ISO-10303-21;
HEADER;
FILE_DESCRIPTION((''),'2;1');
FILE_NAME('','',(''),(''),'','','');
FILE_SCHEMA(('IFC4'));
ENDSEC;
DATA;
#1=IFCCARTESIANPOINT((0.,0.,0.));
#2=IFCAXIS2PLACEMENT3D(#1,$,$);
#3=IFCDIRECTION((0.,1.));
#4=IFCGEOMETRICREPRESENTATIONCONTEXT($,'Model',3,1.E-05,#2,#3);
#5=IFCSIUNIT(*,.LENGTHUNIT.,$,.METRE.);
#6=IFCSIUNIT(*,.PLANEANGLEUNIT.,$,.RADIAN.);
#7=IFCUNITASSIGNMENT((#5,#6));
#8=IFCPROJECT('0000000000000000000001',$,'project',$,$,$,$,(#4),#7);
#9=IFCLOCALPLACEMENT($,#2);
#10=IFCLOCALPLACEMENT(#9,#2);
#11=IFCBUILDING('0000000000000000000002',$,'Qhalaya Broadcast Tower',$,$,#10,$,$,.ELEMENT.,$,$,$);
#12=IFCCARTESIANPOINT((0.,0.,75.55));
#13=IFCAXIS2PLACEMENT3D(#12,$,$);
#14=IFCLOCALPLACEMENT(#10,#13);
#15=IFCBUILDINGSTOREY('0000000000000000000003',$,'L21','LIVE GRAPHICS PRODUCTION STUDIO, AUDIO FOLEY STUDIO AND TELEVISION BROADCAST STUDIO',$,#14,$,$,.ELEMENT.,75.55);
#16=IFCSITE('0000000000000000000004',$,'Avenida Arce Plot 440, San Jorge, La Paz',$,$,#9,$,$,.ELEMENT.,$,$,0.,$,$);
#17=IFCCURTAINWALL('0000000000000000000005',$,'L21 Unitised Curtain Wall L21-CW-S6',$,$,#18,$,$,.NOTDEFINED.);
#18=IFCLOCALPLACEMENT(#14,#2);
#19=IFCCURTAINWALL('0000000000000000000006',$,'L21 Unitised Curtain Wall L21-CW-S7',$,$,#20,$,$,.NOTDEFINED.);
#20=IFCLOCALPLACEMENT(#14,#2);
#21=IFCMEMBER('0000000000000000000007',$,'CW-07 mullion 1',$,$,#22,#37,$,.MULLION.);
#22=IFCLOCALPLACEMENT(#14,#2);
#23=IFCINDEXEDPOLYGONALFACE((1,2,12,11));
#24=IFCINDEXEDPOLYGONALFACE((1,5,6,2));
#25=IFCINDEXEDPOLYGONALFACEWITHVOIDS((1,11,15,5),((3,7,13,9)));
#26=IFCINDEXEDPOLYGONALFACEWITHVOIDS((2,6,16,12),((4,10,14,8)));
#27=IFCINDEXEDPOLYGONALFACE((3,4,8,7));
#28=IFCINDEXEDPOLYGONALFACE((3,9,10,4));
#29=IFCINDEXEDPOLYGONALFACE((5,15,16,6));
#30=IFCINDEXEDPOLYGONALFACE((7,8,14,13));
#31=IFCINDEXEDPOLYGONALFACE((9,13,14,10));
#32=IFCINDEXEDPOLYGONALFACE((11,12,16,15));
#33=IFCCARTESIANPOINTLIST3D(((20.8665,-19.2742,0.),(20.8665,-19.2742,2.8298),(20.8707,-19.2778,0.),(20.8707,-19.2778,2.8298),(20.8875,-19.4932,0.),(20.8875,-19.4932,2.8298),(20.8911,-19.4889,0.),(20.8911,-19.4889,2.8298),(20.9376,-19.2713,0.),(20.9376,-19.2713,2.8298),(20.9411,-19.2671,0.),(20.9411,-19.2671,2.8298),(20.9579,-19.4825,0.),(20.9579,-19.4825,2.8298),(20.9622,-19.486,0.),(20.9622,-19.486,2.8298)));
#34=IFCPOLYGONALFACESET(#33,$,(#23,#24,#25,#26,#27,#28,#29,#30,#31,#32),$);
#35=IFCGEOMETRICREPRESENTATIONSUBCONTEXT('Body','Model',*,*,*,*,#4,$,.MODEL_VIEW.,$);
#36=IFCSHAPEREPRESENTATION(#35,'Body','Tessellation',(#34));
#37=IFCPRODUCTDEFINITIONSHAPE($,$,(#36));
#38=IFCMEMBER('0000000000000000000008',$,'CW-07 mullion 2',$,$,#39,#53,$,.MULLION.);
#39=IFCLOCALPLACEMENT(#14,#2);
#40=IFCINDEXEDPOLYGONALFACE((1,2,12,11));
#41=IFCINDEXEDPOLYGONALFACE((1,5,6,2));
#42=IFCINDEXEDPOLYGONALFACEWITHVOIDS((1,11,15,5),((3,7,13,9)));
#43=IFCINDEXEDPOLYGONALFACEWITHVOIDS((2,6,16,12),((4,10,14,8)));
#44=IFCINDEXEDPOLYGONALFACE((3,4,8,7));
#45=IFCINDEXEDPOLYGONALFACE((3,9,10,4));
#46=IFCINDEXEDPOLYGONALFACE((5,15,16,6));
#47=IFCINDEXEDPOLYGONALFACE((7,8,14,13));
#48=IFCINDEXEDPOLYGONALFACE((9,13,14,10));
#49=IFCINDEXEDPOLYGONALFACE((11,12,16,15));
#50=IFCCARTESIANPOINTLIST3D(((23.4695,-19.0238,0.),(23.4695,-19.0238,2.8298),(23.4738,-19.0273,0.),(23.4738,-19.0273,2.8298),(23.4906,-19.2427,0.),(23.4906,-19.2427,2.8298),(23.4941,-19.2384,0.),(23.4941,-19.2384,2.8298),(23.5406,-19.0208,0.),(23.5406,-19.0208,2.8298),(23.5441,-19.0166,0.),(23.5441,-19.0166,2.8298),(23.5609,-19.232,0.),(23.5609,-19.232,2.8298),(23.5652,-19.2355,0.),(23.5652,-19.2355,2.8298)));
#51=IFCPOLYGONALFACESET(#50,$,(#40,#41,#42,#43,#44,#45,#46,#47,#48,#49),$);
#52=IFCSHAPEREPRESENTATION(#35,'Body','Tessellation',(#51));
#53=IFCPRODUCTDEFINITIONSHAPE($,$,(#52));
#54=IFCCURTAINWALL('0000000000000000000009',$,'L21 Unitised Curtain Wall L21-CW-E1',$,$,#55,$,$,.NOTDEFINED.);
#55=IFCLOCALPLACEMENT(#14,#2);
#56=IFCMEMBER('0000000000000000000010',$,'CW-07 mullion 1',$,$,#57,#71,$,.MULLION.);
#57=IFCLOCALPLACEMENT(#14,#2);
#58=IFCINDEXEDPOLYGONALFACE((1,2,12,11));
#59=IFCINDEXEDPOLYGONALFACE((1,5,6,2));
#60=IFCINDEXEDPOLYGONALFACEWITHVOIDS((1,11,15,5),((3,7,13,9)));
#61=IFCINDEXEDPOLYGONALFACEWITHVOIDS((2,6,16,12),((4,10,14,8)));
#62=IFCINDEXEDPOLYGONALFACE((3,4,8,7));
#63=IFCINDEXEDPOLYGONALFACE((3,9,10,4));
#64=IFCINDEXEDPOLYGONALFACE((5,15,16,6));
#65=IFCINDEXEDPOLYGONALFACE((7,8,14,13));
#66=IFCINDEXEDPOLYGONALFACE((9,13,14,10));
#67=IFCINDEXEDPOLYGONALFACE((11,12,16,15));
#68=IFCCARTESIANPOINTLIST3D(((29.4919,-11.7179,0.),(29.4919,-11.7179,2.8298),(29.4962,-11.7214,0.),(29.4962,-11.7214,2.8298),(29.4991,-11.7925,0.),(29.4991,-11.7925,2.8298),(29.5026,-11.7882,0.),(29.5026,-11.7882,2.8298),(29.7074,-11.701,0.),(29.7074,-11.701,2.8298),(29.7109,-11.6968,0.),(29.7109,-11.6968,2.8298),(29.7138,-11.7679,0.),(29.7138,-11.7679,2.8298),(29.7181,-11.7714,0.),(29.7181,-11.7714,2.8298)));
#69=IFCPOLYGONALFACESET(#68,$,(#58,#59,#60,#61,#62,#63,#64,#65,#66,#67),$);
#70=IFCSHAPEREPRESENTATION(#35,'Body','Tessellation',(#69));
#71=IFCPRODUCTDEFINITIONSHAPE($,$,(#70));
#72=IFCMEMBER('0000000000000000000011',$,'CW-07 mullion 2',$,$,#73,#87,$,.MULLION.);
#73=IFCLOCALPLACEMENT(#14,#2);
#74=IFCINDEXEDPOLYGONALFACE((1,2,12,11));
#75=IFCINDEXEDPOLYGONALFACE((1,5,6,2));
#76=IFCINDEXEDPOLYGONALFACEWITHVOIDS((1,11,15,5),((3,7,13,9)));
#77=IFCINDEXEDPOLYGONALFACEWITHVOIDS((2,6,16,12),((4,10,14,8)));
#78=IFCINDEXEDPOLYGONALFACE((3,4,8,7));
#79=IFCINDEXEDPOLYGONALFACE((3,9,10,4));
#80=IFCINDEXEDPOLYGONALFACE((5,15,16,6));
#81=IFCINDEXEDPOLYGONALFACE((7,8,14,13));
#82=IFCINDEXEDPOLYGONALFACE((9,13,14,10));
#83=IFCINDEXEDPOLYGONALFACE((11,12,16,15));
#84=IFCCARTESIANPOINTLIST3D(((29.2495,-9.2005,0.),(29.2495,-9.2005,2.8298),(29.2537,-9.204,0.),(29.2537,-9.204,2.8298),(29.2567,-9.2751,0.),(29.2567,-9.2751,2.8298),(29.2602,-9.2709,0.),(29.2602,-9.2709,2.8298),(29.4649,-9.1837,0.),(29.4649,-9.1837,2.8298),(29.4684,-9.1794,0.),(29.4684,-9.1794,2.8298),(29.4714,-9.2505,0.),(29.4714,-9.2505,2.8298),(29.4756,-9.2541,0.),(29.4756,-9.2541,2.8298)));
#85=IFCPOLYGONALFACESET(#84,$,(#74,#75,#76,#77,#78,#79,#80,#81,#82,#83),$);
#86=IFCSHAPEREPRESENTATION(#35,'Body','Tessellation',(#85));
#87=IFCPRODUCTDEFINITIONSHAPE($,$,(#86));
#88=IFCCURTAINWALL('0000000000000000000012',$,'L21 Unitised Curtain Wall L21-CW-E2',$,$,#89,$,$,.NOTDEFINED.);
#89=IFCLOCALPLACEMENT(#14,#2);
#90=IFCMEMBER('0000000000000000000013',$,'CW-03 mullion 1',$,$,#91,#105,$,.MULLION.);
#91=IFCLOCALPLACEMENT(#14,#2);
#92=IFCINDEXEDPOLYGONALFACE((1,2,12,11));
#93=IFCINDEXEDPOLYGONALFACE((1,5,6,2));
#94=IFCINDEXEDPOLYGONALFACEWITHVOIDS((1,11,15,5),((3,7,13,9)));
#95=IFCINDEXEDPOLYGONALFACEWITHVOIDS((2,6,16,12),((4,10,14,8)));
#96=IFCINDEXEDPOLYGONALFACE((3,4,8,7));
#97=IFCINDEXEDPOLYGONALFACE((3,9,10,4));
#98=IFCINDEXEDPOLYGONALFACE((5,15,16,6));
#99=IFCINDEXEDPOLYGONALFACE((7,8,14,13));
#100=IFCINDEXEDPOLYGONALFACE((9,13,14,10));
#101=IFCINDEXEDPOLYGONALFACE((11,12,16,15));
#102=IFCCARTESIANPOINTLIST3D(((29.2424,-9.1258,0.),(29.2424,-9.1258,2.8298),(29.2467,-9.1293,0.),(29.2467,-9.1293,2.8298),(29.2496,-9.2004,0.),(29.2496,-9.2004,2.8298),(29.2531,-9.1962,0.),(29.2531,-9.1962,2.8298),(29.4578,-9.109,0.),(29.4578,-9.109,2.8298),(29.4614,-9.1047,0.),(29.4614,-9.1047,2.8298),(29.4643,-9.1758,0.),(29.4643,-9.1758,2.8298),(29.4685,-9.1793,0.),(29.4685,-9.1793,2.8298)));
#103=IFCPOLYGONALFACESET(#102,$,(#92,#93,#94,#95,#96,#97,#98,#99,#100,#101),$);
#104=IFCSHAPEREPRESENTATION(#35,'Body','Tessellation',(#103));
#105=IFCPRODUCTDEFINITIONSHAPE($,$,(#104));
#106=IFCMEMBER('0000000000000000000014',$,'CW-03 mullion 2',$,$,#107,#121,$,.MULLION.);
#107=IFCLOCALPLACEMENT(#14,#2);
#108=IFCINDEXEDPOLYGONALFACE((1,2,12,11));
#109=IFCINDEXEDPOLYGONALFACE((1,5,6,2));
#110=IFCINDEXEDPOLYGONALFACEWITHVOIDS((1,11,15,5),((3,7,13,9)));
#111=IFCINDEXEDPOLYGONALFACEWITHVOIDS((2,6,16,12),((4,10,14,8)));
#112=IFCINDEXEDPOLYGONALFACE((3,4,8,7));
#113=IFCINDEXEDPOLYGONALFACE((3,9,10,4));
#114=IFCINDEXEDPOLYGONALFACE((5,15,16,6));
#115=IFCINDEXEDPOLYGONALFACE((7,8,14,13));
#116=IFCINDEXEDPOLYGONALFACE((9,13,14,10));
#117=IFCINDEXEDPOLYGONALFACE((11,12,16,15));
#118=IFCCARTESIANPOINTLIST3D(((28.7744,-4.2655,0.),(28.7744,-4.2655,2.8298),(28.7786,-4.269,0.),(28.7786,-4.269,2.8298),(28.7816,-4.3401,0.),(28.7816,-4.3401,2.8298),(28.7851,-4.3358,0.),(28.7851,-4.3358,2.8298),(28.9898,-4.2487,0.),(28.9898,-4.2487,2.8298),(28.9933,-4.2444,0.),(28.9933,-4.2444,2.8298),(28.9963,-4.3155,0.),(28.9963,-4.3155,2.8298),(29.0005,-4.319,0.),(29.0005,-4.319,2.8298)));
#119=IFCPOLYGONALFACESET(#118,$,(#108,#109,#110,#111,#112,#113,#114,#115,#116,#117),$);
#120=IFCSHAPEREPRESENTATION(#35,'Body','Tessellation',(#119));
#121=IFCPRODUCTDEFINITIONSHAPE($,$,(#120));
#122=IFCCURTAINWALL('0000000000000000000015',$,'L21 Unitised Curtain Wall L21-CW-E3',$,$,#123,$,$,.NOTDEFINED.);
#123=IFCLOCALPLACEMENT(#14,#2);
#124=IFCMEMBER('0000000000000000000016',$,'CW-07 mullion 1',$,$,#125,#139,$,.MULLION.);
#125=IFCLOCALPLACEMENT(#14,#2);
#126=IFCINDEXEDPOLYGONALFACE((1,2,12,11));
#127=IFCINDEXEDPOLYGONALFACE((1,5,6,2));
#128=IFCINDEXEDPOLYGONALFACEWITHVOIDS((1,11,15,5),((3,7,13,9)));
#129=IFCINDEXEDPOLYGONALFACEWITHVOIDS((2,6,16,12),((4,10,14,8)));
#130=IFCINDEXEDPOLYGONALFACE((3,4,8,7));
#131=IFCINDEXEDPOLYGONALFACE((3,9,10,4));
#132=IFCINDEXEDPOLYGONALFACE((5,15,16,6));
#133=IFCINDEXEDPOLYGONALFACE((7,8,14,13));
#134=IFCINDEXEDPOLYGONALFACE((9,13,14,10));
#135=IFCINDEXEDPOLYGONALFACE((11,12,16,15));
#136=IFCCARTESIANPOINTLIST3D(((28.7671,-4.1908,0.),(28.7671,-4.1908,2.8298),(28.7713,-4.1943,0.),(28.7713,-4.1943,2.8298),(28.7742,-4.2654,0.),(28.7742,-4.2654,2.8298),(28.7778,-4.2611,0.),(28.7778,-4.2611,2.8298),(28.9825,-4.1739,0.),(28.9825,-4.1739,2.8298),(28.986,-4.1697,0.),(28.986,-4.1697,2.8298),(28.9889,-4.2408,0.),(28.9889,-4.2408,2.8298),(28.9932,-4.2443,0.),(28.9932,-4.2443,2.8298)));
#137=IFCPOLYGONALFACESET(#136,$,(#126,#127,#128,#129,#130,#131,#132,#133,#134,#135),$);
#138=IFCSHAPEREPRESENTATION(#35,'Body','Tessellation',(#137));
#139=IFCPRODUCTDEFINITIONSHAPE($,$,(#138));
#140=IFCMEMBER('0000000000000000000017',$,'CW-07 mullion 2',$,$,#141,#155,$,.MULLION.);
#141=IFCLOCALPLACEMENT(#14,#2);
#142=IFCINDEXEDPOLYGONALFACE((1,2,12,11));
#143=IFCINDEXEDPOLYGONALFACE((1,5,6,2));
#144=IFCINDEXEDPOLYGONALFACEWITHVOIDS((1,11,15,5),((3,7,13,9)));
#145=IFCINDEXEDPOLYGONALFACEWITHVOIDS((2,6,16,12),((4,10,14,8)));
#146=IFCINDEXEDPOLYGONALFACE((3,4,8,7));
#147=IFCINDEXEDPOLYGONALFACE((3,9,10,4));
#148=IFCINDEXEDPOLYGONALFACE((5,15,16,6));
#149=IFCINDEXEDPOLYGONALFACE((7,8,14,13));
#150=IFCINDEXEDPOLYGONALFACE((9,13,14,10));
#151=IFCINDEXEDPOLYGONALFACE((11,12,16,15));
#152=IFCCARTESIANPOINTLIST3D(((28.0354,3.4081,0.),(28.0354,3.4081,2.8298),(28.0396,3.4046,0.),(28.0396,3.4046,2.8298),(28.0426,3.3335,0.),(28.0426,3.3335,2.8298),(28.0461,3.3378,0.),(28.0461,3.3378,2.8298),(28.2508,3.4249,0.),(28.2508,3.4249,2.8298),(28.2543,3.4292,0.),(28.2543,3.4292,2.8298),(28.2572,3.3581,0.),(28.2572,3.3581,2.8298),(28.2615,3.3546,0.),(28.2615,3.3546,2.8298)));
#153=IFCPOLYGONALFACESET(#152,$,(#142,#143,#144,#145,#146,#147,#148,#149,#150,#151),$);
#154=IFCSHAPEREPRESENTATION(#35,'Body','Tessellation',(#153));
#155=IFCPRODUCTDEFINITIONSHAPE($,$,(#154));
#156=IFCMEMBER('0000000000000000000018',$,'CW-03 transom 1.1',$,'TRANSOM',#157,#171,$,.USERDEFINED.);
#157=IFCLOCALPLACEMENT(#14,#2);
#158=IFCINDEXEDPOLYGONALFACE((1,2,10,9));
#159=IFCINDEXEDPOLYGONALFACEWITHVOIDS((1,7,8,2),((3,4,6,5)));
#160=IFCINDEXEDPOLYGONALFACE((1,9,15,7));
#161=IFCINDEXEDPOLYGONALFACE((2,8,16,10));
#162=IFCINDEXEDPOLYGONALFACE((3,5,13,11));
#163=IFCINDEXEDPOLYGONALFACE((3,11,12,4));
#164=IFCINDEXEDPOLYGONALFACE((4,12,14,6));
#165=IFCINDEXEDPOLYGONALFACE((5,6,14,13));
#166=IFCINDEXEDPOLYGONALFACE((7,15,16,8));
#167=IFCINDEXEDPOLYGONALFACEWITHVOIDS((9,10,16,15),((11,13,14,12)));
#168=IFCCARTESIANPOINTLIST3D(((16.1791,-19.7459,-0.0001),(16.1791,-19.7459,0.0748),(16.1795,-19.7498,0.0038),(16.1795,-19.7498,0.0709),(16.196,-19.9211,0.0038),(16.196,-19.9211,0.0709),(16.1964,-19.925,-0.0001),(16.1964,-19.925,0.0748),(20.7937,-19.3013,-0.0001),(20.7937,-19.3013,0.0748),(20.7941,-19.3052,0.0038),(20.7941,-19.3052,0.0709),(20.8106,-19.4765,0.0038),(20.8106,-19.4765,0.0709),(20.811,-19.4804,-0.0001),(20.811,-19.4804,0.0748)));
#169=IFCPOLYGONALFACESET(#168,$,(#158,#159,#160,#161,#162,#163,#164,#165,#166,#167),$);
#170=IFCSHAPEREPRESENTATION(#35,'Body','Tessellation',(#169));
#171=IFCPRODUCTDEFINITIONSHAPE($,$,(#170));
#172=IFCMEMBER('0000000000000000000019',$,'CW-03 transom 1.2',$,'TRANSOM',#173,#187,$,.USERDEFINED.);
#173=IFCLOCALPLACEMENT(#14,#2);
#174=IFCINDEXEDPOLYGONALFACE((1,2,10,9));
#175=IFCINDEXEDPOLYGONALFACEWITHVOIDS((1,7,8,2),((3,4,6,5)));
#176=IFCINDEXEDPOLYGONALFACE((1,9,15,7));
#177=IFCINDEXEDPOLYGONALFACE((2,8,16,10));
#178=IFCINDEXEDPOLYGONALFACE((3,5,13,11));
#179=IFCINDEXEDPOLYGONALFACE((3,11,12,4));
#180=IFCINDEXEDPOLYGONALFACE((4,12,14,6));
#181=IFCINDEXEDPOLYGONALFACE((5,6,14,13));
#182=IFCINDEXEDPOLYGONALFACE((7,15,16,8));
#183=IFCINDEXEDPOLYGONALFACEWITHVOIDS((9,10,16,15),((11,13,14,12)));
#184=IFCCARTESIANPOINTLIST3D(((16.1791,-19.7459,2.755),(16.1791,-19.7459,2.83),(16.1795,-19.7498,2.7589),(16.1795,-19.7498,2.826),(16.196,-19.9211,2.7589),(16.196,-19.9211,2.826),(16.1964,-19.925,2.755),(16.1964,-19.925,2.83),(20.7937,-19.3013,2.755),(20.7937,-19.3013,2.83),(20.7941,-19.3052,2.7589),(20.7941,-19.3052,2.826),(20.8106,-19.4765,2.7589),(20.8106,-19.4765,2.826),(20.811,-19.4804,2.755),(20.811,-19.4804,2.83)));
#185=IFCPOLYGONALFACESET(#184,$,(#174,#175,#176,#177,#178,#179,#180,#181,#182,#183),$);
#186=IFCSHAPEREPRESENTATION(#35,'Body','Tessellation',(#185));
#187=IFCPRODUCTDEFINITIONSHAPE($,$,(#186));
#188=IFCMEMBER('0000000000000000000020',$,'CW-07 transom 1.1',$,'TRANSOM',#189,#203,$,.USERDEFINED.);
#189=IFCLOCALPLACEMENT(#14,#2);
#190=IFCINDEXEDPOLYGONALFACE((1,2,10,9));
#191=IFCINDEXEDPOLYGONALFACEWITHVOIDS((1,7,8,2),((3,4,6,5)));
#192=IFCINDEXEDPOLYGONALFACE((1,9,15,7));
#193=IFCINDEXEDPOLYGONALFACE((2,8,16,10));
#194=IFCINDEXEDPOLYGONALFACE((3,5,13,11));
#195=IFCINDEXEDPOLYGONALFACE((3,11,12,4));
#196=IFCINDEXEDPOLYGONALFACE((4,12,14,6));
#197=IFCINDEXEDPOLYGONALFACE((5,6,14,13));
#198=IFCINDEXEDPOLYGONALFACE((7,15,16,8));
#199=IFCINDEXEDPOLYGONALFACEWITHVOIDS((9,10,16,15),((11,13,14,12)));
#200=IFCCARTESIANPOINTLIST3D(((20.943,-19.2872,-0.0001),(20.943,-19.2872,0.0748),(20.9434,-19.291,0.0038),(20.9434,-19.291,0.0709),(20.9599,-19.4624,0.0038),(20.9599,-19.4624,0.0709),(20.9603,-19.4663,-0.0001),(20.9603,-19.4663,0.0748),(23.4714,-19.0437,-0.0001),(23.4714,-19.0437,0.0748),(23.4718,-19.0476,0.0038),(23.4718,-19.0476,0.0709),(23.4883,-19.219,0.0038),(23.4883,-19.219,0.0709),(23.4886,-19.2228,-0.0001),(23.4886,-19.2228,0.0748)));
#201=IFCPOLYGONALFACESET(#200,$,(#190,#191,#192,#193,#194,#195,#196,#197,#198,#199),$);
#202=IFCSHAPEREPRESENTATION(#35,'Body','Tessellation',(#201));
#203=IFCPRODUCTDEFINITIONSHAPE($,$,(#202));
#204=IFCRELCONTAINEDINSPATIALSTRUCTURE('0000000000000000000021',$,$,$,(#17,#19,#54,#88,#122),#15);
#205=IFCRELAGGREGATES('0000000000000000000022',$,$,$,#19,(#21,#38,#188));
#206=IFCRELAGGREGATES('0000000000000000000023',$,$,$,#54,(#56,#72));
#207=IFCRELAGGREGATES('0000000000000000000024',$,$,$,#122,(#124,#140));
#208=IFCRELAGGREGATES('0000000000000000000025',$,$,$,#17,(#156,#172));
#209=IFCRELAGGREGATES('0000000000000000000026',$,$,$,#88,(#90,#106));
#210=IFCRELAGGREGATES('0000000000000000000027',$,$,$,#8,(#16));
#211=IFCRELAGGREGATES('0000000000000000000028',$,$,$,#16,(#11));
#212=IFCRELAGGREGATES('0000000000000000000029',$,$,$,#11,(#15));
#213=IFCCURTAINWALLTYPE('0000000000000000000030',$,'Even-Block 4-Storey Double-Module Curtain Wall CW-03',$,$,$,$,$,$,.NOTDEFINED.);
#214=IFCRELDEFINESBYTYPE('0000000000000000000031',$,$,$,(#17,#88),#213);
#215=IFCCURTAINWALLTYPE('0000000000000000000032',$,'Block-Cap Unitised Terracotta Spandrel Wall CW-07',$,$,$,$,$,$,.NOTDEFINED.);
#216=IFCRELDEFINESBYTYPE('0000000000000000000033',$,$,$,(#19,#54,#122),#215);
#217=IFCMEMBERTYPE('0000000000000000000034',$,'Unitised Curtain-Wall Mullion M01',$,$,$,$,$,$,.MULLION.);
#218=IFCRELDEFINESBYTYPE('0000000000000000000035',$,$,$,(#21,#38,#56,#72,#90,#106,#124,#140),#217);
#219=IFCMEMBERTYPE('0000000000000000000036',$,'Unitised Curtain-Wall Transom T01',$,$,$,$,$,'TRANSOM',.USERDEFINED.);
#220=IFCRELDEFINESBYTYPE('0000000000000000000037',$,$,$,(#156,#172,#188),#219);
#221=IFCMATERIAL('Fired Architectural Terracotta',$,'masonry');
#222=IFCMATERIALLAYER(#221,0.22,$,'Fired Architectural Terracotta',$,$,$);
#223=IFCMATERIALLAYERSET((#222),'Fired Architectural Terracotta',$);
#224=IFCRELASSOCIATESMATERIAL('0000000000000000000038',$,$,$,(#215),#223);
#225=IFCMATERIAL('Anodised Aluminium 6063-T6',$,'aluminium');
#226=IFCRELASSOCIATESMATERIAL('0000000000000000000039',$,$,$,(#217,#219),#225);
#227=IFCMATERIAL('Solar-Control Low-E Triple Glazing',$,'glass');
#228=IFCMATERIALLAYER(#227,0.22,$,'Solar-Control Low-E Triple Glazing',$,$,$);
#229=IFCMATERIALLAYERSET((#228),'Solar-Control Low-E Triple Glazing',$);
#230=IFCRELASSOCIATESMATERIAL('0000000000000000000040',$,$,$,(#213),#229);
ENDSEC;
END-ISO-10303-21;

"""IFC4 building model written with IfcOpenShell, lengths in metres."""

from ifc_helpers import new_model, si_unit, direction, frame, origin, origin_2d, place, context, subcontext, project, spatial, hollow_rectangle, extrude, material, layer, layer_set, material_profile, profile_set, type_object, element, aggregate, save


model = new_model("IFC4")

# Units and contexts
model_context = context("Model", 3, precision=1e-05, world=origin(), true_north=direction((0.0, 1.0)))
body_context = subcontext(model_context, "Body", "Model", "MODEL_VIEW")
ifc_project = project(units=[si_unit("LENGTHUNIT", "METRE"), si_unit("PLANEANGLEUNIT", "RADIAN")], contexts=[model_context])

# Site, building, storey
site_placement = place(None, origin())
site = spatial("IfcSite", under=ifc_project, at=site_placement, Name="Avenida Arce Plot 440, San Jorge, La Paz", CompositionType="ELEMENT", RefElevation=0.0)
building_placement = place(site_placement, origin())
building = spatial("IfcBuilding", under=site, at=building_placement, Name="Qhalaya Broadcast Tower", CompositionType="ELEMENT")
storey_placement = place(building_placement, frame((0.0, 0.0, 75.55)))
storey = spatial("IfcBuildingStorey", under=building, at=storey_placement, Name="L21", Description="LIVE GRAPHICS PRODUCTION STUDIO, AUDIO FOLEY STUDIO AND TELEVISION BROADCAST STUDIO", CompositionType="ELEMENT", Elevation=75.55)

# Shared definitions
ifc_material_1 = material(Name="Fired Architectural Terracotta", Category="masonry")
ifc_layer_1 = layer(ifc_material_1, 0.22, Name="Fired Architectural Terracotta")
ifc_layer_set_1 = layer_set([ifc_layer_1], Name="Fired Architectural Terracotta")
curtain_wall_type_1 = type_object("IfcCurtainWallType", Name="Block-Cap Unitised Terracotta Spandrel Wall CW-07", PredefinedType="NOTDEFINED", material=ifc_layer_set_1)
ifc_material_2 = material(Name="Anodised Aluminium 6063-T6", Category="aluminium")
ifc_material_profile_1 = material_profile(ifc_material_2, hollow_rectangle(XDim=0.075, YDim=0.22, WallThickness=0.0039, at=origin_2d()), Name="ALU-MUL 75x220x4")
ifc_profile_set_1 = profile_set([ifc_material_profile_1], Name="Anodised Aluminium 6063-T6")
member_type_1 = type_object("IfcMemberType", Name="Unitised Curtain-Wall Mullion M01", PredefinedType="MULLION", material=ifc_profile_set_1)

# Curtain walls, members
ifc_material_3 = material(Name="Solar-Control Low-E Triple Glazing", Category="glass")
ifc_layer_2 = layer(ifc_material_3, 0.22, Name="Solar-Control Low-E Triple Glazing")
ifc_layer_set_2 = layer_set([ifc_layer_2], Name="Solar-Control Low-E Triple Glazing")
curtain_wall_type_2 = type_object("IfcCurtainWallType", Name="Even-Block 4-Storey Double-Module Curtain Wall CW-03", PredefinedType="NOTDEFINED", material=ifc_layer_set_2)
curtain_wall_1_placement = place(storey_placement, origin())
curtain_wall_1 = element("IfcCurtainWall", 1, at=curtain_wall_1_placement, inside=storey, type_object=curtain_wall_type_2, Name="L21 Unitised Curtain Wall L21-CW-S6", PredefinedType="NOTDEFINED")
curtain_wall_2_placement = place(storey_placement, origin())
curtain_wall_2 = element("IfcCurtainWall", 2, at=curtain_wall_2_placement, inside=storey, type_object=curtain_wall_type_1, Name="L21 Unitised Curtain Wall L21-CW-S7", PredefinedType="NOTDEFINED")
member_1_placement = place(storey_placement, frame((20.9143, -19.3801, 0.0), z_axis=(0.0, 0.0, 1.0), x_axis=(0.995397, 0.095834, 0.0)))
member_1 = element("IfcMember", 3, at=member_1_placement, type_object=member_type_1, Name="CW-07 mullion 1", PredefinedType="MULLION", context=body_context, shape_type="SweptSolid", body=[
    extrude(hollow_rectangle(XDim=0.075, YDim=0.22, WallThickness=0.0039, at=origin_2d()), origin(), (0.0, 0.0, 1.0), 2.8298),
])
member_2_placement = place(storey_placement, frame((23.5173, -19.1296, 0.0), z_axis=(0.0, 0.0, 1.0), x_axis=(0.995397, 0.095834, 0.0)))
member_2 = element("IfcMember", 4, at=member_2_placement, type_object=member_type_1, Name="CW-07 mullion 2", PredefinedType="MULLION", context=body_context, shape_type="SweptSolid", body=[
    extrude(hollow_rectangle(XDim=0.075, YDim=0.22, WallThickness=0.0039, at=origin_2d()), origin(), (0.0, 0.0, 1.0), 2.8298),
])
curtain_wall_3_placement = place(storey_placement, origin())
curtain_wall_3 = element("IfcCurtainWall", 5, at=curtain_wall_3_placement, inside=storey, type_object=curtain_wall_type_1, Name="L21 Unitised Curtain Wall L21-CW-E1", PredefinedType="NOTDEFINED")
member_3_placement = place(storey_placement, frame((29.605, -11.7446, 0.0), z_axis=(0.0, 0.0, 1.0), x_axis=(-0.095853, 0.995396, 0.0)))
member_3 = element("IfcMember", 6, at=member_3_placement, type_object=member_type_1, Name="CW-07 mullion 1", PredefinedType="MULLION", context=body_context, shape_type="SweptSolid", body=[
    extrude(hollow_rectangle(XDim=0.075, YDim=0.22, WallThickness=0.0039, at=origin_2d()), origin(), (0.0, 0.0, 1.0), 2.8298),
])
member_4_placement = place(storey_placement, frame((29.3625, -9.2273, 0.0), z_axis=(0.0, 0.0, 1.0), x_axis=(-0.095853, 0.995396, 0.0)))
member_4 = element("IfcMember", 7, at=member_4_placement, type_object=member_type_1, Name="CW-07 mullion 2", PredefinedType="MULLION", context=body_context, shape_type="SweptSolid", body=[
    extrude(hollow_rectangle(XDim=0.075, YDim=0.22, WallThickness=0.0039, at=origin_2d()), origin(), (0.0, 0.0, 1.0), 2.8298),
])
curtain_wall_4_placement = place(storey_placement, origin())
curtain_wall_4 = element("IfcCurtainWall", 8, at=curtain_wall_4_placement, inside=storey, type_object=curtain_wall_type_2, Name="L21 Unitised Curtain Wall L21-CW-E2", PredefinedType="NOTDEFINED")
member_5_placement = place(storey_placement, frame((29.3555, -9.1526, 0.0), z_axis=(0.0, 0.0, 1.0), x_axis=(-0.095845, 0.995396, 0.0)))
member_5 = element("IfcMember", 9, at=member_5_placement, type_object=member_type_1, Name="CW-03 mullion 1", PredefinedType="MULLION", context=body_context, shape_type="SweptSolid", body=[
    extrude(hollow_rectangle(XDim=0.075, YDim=0.22, WallThickness=0.0039, at=origin_2d()), origin(), (0.0, 0.0, 1.0), 2.8298),
])
member_6_placement = place(storey_placement, frame((28.8875, -4.2922, 0.0), z_axis=(0.0, 0.0, 1.0), x_axis=(-0.095845, 0.995396, 0.0)))
member_6 = element("IfcMember", 10, at=member_6_placement, type_object=member_type_1, Name="CW-03 mullion 2", PredefinedType="MULLION", context=body_context, shape_type="SweptSolid", body=[
    extrude(hollow_rectangle(XDim=0.075, YDim=0.22, WallThickness=0.0039, at=origin_2d()), origin(), (0.0, 0.0, 1.0), 2.8298),
])
curtain_wall_5_placement = place(storey_placement, origin())
curtain_wall_5 = element("IfcCurtainWall", 11, at=curtain_wall_5_placement, inside=storey, type_object=curtain_wall_type_1, Name="L21 Unitised Curtain Wall L21-CW-E3", PredefinedType="NOTDEFINED")
member_7_placement = place(storey_placement, frame((28.8801, -4.2175, 0.0), z_axis=(0.0, 0.0, 1.0), x_axis=(-0.095849, 0.995396, 0.0)))
member_7 = element("IfcMember", 12, at=member_7_placement, type_object=member_type_1, Name="CW-07 mullion 1", PredefinedType="MULLION", context=body_context, shape_type="SweptSolid", body=[
    extrude(hollow_rectangle(XDim=0.075, YDim=0.22, WallThickness=0.0039, at=origin_2d()), origin(), (0.0, 0.0, 1.0), 2.8298),
])
member_8_placement = place(storey_placement, frame((28.1484, 3.3813, 0.0), z_axis=(0.0, 0.0, 1.0), x_axis=(-0.095849, 0.995396, 0.0)))
member_8 = element("IfcMember", 13, at=member_8_placement, type_object=member_type_1, Name="CW-07 mullion 2", PredefinedType="MULLION", context=body_context, shape_type="SweptSolid", body=[
    extrude(hollow_rectangle(XDim=0.075, YDim=0.22, WallThickness=0.0039, at=origin_2d()), origin(), (0.0, 0.0, 1.0), 2.8298),
])

# Members
ifc_material_profile_2 = material_profile(ifc_material_2, hollow_rectangle(XDim=0.075, YDim=0.1799, WallThickness=0.0039, at=origin_2d()), Name="ALU-TRN 75x180x4")
ifc_profile_set_2 = profile_set([ifc_material_profile_2], Name="Anodised Aluminium 6063-T6")
member_type_2 = type_object("IfcMemberType", Name="Unitised Curtain-Wall Transom T01", ElementType="TRANSOM", PredefinedType="USERDEFINED", material=ifc_profile_set_2)
member_9_placement = place(storey_placement, frame((16.1877, -19.8354, 0.0374), z_axis=(0.995391, 0.0959, 0.0), x_axis=(0.0, 0.0, 1.0)))
member_9 = element("IfcMember", 14, at=member_9_placement, type_object=member_type_2, Name="CW-03 transom 1.1", ObjectType="TRANSOM", PredefinedType="USERDEFINED", context=body_context, shape_type="SweptSolid", body=[
    extrude(hollow_rectangle(XDim=0.075, YDim=0.1799, WallThickness=0.0039, at=origin_2d()), origin(), (0.0, 0.0, 1.0), 4.636),
])
member_10_placement = place(storey_placement, frame((16.1877, -19.8354, 2.7925), z_axis=(0.995391, 0.0959, 0.0), x_axis=(0.0, 0.0, 1.0)))
member_10 = element("IfcMember", 15, at=member_10_placement, type_object=member_type_2, Name="CW-03 transom 1.2", ObjectType="TRANSOM", PredefinedType="USERDEFINED", context=body_context, shape_type="SweptSolid", body=[
    extrude(hollow_rectangle(XDim=0.075, YDim=0.1799, WallThickness=0.0039, at=origin_2d()), origin(), (0.0, 0.0, 1.0), 4.636),
])
member_11_placement = place(storey_placement, frame((20.9517, -19.3767, 0.0374), z_axis=(0.995398, 0.09583, 0.0), x_axis=(0.0, 0.0, 1.0)))
member_11 = element("IfcMember", 16, at=member_11_placement, type_object=member_type_2, Name="CW-07 transom 1.1", ObjectType="TRANSOM", PredefinedType="USERDEFINED", context=body_context, shape_type="SweptSolid", body=[
    extrude(hollow_rectangle(XDim=0.075, YDim=0.1799, WallThickness=0.0039, at=origin_2d()), origin(), (0.0, 0.0, 1.0), 2.54),
])

aggregate(curtain_wall_2, [member_1, member_2, member_11])
aggregate(curtain_wall_3, [member_3, member_4])
aggregate(curtain_wall_5, [member_7, member_8])
aggregate(curtain_wall_1, [member_9, member_10])
aggregate(curtain_wall_4, [member_5, member_6])

save(model, "model.ifc")
